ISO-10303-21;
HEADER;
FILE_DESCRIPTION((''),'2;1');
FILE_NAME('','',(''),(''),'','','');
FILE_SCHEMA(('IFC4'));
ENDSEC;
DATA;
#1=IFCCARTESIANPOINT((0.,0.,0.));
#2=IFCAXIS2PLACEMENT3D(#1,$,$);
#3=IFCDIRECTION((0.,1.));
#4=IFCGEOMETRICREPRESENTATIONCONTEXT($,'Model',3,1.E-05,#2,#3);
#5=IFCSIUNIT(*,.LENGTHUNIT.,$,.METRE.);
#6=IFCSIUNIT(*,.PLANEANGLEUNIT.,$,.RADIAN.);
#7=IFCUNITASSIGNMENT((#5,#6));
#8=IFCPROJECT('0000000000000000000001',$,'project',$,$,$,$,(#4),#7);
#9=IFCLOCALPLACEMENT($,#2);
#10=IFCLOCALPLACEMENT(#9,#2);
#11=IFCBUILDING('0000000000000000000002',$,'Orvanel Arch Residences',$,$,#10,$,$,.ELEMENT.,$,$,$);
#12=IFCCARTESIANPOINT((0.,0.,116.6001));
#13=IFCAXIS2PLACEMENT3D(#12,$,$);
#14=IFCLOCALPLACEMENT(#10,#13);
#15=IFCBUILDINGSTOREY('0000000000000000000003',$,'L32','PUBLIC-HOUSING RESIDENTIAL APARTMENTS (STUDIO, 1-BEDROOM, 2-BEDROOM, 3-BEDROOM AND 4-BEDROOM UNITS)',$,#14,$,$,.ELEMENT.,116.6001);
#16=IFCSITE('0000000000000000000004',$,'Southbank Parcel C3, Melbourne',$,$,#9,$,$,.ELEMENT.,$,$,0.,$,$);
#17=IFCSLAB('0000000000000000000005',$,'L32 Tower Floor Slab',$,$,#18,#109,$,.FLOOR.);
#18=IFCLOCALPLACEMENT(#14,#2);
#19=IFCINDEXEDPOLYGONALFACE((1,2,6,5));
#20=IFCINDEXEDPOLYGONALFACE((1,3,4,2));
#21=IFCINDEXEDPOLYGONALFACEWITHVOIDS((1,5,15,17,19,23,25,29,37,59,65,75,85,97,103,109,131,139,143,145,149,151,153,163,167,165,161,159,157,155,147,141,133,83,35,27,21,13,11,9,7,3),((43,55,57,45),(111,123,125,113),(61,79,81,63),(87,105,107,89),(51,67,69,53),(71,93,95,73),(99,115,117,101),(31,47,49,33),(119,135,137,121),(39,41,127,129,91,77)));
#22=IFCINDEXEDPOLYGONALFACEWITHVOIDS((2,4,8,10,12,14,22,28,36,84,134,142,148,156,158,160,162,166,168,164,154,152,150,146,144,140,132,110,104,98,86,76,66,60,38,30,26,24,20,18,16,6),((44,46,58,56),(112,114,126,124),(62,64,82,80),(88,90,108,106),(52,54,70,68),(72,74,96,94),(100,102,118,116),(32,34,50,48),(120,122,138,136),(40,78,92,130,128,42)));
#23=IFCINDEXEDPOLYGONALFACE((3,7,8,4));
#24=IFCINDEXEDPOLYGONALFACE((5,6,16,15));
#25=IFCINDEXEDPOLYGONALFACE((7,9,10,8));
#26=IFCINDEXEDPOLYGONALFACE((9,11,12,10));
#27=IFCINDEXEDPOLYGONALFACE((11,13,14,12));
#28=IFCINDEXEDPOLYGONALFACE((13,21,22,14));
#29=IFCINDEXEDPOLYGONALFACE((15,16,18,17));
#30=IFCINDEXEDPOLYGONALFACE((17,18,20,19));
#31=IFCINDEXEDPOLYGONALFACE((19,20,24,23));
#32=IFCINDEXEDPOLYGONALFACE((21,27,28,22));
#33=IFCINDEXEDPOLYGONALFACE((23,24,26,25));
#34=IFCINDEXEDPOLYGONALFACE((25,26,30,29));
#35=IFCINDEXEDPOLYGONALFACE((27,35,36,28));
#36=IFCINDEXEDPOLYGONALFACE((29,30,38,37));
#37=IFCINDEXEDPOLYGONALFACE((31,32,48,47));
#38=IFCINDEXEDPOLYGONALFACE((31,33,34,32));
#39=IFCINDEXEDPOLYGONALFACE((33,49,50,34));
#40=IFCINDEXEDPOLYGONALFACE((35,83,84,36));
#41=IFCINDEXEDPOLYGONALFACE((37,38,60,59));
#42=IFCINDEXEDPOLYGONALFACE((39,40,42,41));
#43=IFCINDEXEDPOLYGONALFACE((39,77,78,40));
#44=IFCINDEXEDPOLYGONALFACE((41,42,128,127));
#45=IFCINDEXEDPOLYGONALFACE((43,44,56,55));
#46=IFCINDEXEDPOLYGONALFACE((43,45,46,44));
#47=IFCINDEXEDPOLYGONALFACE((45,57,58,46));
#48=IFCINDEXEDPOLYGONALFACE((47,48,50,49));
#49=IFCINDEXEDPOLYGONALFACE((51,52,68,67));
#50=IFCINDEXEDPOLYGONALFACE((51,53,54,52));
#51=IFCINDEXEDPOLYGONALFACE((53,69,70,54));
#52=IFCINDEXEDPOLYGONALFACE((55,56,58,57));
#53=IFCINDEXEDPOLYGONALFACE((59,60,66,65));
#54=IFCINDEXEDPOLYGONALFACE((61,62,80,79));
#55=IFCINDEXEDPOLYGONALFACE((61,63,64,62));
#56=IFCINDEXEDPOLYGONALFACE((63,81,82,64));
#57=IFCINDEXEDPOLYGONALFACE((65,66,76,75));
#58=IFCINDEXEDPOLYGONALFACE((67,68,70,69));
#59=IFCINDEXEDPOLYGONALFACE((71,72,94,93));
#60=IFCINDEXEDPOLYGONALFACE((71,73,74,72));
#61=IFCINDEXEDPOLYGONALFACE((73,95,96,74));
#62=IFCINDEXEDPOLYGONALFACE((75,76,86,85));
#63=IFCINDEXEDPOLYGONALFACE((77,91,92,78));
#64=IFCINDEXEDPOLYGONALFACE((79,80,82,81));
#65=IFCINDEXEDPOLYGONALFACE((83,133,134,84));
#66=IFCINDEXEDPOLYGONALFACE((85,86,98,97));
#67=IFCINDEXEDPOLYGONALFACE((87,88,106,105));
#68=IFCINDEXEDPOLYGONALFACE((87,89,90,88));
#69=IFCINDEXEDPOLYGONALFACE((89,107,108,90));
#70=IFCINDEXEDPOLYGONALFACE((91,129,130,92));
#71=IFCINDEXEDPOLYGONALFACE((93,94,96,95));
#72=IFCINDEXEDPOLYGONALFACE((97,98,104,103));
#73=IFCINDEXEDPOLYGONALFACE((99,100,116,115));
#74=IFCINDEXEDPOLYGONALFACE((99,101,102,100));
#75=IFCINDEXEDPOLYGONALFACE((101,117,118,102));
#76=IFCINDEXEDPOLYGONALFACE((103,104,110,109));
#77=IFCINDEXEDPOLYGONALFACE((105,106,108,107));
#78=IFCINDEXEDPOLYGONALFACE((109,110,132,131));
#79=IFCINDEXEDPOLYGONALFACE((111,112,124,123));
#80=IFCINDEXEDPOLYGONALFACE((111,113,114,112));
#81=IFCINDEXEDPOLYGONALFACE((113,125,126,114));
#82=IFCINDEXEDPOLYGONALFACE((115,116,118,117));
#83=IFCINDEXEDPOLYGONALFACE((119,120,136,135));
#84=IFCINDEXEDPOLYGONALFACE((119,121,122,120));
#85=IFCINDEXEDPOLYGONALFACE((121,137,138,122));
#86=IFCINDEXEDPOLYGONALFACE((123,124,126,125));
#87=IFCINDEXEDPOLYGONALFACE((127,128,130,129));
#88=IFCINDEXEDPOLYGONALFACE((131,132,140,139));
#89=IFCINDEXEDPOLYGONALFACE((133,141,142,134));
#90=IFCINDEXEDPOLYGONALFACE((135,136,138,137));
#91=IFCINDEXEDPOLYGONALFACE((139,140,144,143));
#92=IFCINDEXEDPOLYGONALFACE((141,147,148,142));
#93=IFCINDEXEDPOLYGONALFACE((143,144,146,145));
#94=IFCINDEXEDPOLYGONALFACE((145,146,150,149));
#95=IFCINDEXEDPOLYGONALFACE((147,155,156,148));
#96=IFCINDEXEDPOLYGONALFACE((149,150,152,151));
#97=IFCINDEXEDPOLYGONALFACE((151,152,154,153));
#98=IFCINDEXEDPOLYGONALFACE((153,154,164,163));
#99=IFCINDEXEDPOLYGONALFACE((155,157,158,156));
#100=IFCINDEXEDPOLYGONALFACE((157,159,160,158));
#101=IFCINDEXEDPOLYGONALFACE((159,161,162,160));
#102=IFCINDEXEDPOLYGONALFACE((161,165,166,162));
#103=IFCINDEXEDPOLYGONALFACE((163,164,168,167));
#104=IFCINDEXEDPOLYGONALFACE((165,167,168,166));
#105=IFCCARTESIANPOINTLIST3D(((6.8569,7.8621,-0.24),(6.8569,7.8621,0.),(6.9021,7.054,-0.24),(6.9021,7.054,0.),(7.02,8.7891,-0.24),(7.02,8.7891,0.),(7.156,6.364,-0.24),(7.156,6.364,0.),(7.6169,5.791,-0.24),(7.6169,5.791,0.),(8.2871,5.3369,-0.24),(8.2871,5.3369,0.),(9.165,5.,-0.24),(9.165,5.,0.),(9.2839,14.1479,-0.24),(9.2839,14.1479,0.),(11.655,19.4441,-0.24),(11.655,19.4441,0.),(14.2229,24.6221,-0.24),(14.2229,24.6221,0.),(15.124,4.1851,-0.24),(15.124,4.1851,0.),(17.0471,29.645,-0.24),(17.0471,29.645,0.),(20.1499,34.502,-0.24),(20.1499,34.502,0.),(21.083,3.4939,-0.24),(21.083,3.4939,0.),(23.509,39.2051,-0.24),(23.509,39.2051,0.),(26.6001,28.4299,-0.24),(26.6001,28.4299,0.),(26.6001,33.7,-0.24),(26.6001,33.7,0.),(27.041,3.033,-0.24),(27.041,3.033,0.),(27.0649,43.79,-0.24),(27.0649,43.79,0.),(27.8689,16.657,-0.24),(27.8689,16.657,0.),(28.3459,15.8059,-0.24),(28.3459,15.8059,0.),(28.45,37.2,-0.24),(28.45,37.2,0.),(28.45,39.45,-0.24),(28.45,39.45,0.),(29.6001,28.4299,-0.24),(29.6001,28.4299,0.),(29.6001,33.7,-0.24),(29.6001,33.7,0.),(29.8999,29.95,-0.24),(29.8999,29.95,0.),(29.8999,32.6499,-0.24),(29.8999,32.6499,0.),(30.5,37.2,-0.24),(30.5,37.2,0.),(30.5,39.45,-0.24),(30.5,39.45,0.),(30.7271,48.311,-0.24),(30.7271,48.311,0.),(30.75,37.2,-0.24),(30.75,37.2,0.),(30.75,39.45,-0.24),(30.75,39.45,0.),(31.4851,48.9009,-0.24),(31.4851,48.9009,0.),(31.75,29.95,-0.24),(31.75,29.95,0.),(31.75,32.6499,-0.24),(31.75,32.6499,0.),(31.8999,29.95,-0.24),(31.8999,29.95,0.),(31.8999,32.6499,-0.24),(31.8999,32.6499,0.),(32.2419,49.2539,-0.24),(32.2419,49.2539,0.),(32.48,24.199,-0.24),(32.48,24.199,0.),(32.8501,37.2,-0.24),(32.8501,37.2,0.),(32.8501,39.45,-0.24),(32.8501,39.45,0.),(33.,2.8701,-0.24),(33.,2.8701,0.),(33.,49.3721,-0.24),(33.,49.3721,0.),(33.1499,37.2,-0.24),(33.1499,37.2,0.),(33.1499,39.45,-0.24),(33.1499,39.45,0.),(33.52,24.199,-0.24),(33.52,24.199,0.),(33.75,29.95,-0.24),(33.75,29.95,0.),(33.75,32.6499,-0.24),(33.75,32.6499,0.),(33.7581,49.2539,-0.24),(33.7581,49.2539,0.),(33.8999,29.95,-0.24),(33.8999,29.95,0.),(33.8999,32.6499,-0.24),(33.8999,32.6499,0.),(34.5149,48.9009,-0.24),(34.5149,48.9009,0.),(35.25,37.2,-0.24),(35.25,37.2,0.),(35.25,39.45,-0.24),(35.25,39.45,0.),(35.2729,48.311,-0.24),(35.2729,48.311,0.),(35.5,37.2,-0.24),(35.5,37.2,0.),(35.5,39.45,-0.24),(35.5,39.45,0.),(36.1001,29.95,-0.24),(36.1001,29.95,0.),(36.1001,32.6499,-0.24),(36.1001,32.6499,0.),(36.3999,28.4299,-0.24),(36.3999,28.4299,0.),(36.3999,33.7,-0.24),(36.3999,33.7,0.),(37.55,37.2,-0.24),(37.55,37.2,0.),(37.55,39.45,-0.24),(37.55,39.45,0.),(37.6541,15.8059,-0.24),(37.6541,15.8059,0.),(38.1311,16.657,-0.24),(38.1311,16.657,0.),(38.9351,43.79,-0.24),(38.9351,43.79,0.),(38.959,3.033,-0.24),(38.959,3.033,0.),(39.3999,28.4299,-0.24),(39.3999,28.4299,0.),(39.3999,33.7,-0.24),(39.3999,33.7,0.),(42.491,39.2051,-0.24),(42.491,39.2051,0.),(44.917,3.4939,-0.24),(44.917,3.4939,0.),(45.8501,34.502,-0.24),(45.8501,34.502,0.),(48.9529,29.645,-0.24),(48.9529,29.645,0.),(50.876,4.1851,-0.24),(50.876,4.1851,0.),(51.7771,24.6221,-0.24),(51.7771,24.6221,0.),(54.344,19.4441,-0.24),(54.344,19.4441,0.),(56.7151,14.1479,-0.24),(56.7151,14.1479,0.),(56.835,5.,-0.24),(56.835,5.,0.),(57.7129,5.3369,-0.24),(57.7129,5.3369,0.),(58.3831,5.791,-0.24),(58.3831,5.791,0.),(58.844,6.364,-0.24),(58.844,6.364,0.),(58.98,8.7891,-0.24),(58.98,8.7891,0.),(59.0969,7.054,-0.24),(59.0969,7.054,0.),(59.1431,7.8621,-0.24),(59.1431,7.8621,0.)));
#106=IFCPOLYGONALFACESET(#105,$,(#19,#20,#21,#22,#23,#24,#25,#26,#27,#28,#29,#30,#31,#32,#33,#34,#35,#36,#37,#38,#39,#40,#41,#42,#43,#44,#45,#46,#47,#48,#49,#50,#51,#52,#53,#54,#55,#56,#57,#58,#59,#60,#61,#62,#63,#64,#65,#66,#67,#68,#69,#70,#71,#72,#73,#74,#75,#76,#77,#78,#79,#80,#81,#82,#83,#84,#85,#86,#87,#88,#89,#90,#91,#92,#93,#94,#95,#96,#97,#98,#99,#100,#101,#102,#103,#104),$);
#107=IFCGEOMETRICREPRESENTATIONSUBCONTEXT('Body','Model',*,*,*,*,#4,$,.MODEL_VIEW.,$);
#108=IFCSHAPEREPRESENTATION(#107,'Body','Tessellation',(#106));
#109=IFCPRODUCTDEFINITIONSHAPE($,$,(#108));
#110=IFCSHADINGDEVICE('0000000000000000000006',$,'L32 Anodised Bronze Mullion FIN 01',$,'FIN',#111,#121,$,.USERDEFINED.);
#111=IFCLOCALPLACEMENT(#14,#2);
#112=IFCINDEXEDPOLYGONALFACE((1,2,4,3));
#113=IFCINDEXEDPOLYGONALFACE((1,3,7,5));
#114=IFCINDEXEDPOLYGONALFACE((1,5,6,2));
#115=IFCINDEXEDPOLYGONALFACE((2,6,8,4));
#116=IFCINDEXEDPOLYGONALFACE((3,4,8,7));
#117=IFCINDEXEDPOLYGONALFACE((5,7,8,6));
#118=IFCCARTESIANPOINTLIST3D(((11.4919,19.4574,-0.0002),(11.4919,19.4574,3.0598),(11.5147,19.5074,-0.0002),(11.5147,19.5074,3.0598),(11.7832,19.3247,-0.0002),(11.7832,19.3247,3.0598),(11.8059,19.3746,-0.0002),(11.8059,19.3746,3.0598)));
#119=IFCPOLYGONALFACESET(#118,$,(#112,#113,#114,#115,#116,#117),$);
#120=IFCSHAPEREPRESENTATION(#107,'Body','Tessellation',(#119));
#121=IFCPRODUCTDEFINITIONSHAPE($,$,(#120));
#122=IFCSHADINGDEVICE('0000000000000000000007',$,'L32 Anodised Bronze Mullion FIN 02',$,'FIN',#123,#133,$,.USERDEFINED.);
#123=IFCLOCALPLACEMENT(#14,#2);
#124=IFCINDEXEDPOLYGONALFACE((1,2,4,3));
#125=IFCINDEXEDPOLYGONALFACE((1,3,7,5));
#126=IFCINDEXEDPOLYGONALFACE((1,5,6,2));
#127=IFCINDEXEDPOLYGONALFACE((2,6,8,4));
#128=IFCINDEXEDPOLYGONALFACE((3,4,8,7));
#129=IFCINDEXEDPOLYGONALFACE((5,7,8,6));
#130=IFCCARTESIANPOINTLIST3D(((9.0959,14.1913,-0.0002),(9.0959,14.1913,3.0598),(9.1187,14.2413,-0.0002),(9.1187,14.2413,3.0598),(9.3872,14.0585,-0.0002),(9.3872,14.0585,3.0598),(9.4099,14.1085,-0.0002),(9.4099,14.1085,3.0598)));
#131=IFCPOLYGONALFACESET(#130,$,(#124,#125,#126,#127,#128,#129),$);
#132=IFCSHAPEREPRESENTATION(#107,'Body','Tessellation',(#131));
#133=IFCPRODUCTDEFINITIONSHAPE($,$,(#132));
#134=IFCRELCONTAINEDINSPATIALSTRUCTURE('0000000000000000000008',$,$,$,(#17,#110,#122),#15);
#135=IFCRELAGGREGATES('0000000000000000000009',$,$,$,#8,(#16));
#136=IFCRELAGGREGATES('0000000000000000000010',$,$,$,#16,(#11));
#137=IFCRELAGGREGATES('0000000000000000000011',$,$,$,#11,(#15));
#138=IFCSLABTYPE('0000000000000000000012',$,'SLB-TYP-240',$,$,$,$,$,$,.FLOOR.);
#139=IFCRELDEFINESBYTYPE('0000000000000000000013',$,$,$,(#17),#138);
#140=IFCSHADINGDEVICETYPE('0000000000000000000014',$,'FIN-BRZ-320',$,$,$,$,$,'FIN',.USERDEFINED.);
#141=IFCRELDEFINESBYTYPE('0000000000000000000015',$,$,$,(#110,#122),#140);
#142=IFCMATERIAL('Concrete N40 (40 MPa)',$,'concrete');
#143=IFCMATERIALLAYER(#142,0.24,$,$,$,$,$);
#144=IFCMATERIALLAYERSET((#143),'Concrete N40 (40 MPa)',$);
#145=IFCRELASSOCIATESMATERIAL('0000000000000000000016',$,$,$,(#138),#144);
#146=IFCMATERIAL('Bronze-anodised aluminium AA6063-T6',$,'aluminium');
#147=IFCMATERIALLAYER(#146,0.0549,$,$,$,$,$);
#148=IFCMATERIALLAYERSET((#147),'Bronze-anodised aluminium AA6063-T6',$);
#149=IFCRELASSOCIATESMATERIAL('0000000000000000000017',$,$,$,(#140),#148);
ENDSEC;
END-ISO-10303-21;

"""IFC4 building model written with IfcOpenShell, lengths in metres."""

from ifc_helpers import new_model, si_unit, direction, frame, origin, origin_2d, place, context, subcontext, project, spatial, polyline, rectangle, outline, extrude, material, layer, layer_set, type_object, element, save


model = new_model("IFC4")

# Units and contexts
model_context = context("Model", 3, precision=1e-05, world=origin(), true_north=direction((0.0, 1.0)))
body_context = subcontext(model_context, "Body", "Model", "MODEL_VIEW")
ifc_project = project(units=[si_unit("LENGTHUNIT", "METRE"), si_unit("PLANEANGLEUNIT", "RADIAN")], contexts=[model_context])

# Site, building, storey
site_placement = place(None, origin())
site = spatial("IfcSite", under=ifc_project, at=site_placement, Name="Southbank Parcel C3, Melbourne", CompositionType="ELEMENT", RefElevation=0.0)
building_placement = place(site_placement, origin())
building = spatial("IfcBuilding", under=site, at=building_placement, Name="Orvanel Arch Residences", CompositionType="ELEMENT")
storey_placement = place(building_placement, frame((0.0, 0.0, 116.6001)))
storey = spatial("IfcBuildingStorey", under=building, at=storey_placement, Name="L32", Description="PUBLIC-HOUSING RESIDENTIAL APARTMENTS (STUDIO, 1-BEDROOM, 2-BEDROOM, 3-BEDROOM AND 4-BEDROOM UNITS)", CompositionType="ELEMENT", Elevation=116.6001)

# Shared definitions
ifc_material_1 = material(Name="Bronze-anodised aluminium AA6063-T6", Category="aluminium")

# Shared definitions
ifc_material_2 = material(Name="Concrete N40 (40 MPa)", Category="concrete")

# Slab
ifc_layer_1 = layer(ifc_material_2, 0.24)
ifc_layer_set_1 = layer_set([ifc_layer_1], Name="Concrete N40 (40 MPa)")
slab_type_1 = type_object("IfcSlabType", Name="SLB-TYP-240", PredefinedType="FLOOR", material=ifc_layer_set_1)
slab_1_placement = place(storey_placement, frame((0.0, 0.0, -0.24)))
element("IfcSlab", 1, at=slab_1_placement, inside=storey, type_object=slab_type_1, Name="L32 Tower Floor Slab", PredefinedType="FLOOR", context=body_context, shape_type="SweptSolid", body=[
    extrude(outline(polyline([(35.2729, 48.311), (34.5149, 48.9009), (33.7581, 49.2539), (33.0, 49.3721), (32.2419, 49.2539), (31.4851, 48.9009), (30.7271, 48.311), (27.0649, 43.79), (23.509, 39.2051), (20.1499, 34.502), (17.0471, 29.645), (14.2229, 24.6221), (11.655, 19.4441), (9.2839, 14.1479), (7.02, 8.7891), (6.8569, 7.8621), (6.9021, 7.054), (7.156, 6.364), (7.6169, 5.791), (8.2871, 5.3369), (9.165, 5.0), (15.124, 4.1851), (21.083, 3.4939), (27.041, 3.033), (33.0, 2.8701), (38.959, 3.033), (44.917, 3.4939), (50.876, 4.1851), (56.835, 5.0), (57.7129, 5.3369), (58.3831, 5.791), (58.844, 6.364), (59.0969, 7.054), (59.1431, 7.8621), (58.98, 8.7891), (56.7151, 14.1479), (54.344, 19.4441), (51.7771, 24.6221), (48.9529, 29.645), (45.8501, 34.502), (42.491, 39.2051), (38.9351, 43.79), (35.2729, 48.311)]), holes=[polyline([(26.6001, 28.4299), (26.6001, 33.7), (29.6001, 33.7), (29.6001, 28.4299), (26.6001, 28.4299)]), polyline([(36.3999, 28.4299), (36.3999, 33.7), (39.3999, 33.7), (39.3999, 28.4299), (36.3999, 28.4299)]), polyline([(29.8999, 32.6499), (31.75, 32.6499), (31.75, 29.95), (29.8999, 29.95), (29.8999, 32.6499)]), polyline([(31.8999, 32.6499), (33.75, 32.6499), (33.75, 29.95), (31.8999, 29.95), (31.8999, 32.6499)]), polyline([(33.8999, 32.6499), (36.1001, 32.6499), (36.1001, 29.95), (33.8999, 29.95), (33.8999, 32.6499)]), polyline([(28.45, 39.45), (30.5, 39.45), (30.5, 37.2), (28.45, 37.2), (28.45, 39.45)]), polyline([(35.5, 39.45), (37.55, 39.45), (37.55, 37.2), (35.5, 37.2), (35.5, 39.45)]), polyline([(30.75, 39.45), (32.8501, 39.45), (32.8501, 37.2), (30.75, 37.2), (30.75, 39.45)]), polyline([(33.1499, 39.45), (35.25, 39.45), (35.25, 37.2), (33.1499, 37.2), (33.1499, 39.45)]), polyline([(38.1311, 16.657), (37.6541, 15.8059), (28.3459, 15.8059), (27.8689, 16.657), (32.48, 24.199), (33.52, 24.199), (38.1311, 16.657)])]), origin(), (0.0, 0.0, 1.0), 0.24),
])

# Shading devices
ifc_layer_2 = layer(ifc_material_1, 0.0549)
ifc_layer_set_2 = layer_set([ifc_layer_2], Name="Bronze-anodised aluminium AA6063-T6")
shading_device_type = type_object("IfcShadingDeviceType", Name="FIN-BRZ-320", ElementType="FIN", PredefinedType="USERDEFINED", material=ifc_layer_set_2)
for number, where, z_axis, x_axis, name in (
    (2, (11.6489, 19.416, -0.0002), (0.0, 0.0, 1.0), (-0.909961, 0.414693, 0.0), "L32 Anodised Bronze Mullion FIN 01"),
    (3, (9.2529, 14.1499, -0.0002), (0.0, 0.0, 1.0), (-0.909961, 0.414693, 0.0), "L32 Anodised Bronze Mullion FIN 02"),
):
    element("IfcShadingDevice", number, at=place(storey_placement, frame(where, z_axis=z_axis, x_axis=x_axis)), inside=storey, type_object=shading_device_type, Name=name, ObjectType="FIN", PredefinedType="USERDEFINED", context=body_context, shape_type="SweptSolid", body=[
        extrude(rectangle(XDim=0.3201, YDim=0.0549, at=origin_2d()), origin(), (0.0, 0.0, 1.0), 3.0601),
    ])

save(model, "model.ifc")
